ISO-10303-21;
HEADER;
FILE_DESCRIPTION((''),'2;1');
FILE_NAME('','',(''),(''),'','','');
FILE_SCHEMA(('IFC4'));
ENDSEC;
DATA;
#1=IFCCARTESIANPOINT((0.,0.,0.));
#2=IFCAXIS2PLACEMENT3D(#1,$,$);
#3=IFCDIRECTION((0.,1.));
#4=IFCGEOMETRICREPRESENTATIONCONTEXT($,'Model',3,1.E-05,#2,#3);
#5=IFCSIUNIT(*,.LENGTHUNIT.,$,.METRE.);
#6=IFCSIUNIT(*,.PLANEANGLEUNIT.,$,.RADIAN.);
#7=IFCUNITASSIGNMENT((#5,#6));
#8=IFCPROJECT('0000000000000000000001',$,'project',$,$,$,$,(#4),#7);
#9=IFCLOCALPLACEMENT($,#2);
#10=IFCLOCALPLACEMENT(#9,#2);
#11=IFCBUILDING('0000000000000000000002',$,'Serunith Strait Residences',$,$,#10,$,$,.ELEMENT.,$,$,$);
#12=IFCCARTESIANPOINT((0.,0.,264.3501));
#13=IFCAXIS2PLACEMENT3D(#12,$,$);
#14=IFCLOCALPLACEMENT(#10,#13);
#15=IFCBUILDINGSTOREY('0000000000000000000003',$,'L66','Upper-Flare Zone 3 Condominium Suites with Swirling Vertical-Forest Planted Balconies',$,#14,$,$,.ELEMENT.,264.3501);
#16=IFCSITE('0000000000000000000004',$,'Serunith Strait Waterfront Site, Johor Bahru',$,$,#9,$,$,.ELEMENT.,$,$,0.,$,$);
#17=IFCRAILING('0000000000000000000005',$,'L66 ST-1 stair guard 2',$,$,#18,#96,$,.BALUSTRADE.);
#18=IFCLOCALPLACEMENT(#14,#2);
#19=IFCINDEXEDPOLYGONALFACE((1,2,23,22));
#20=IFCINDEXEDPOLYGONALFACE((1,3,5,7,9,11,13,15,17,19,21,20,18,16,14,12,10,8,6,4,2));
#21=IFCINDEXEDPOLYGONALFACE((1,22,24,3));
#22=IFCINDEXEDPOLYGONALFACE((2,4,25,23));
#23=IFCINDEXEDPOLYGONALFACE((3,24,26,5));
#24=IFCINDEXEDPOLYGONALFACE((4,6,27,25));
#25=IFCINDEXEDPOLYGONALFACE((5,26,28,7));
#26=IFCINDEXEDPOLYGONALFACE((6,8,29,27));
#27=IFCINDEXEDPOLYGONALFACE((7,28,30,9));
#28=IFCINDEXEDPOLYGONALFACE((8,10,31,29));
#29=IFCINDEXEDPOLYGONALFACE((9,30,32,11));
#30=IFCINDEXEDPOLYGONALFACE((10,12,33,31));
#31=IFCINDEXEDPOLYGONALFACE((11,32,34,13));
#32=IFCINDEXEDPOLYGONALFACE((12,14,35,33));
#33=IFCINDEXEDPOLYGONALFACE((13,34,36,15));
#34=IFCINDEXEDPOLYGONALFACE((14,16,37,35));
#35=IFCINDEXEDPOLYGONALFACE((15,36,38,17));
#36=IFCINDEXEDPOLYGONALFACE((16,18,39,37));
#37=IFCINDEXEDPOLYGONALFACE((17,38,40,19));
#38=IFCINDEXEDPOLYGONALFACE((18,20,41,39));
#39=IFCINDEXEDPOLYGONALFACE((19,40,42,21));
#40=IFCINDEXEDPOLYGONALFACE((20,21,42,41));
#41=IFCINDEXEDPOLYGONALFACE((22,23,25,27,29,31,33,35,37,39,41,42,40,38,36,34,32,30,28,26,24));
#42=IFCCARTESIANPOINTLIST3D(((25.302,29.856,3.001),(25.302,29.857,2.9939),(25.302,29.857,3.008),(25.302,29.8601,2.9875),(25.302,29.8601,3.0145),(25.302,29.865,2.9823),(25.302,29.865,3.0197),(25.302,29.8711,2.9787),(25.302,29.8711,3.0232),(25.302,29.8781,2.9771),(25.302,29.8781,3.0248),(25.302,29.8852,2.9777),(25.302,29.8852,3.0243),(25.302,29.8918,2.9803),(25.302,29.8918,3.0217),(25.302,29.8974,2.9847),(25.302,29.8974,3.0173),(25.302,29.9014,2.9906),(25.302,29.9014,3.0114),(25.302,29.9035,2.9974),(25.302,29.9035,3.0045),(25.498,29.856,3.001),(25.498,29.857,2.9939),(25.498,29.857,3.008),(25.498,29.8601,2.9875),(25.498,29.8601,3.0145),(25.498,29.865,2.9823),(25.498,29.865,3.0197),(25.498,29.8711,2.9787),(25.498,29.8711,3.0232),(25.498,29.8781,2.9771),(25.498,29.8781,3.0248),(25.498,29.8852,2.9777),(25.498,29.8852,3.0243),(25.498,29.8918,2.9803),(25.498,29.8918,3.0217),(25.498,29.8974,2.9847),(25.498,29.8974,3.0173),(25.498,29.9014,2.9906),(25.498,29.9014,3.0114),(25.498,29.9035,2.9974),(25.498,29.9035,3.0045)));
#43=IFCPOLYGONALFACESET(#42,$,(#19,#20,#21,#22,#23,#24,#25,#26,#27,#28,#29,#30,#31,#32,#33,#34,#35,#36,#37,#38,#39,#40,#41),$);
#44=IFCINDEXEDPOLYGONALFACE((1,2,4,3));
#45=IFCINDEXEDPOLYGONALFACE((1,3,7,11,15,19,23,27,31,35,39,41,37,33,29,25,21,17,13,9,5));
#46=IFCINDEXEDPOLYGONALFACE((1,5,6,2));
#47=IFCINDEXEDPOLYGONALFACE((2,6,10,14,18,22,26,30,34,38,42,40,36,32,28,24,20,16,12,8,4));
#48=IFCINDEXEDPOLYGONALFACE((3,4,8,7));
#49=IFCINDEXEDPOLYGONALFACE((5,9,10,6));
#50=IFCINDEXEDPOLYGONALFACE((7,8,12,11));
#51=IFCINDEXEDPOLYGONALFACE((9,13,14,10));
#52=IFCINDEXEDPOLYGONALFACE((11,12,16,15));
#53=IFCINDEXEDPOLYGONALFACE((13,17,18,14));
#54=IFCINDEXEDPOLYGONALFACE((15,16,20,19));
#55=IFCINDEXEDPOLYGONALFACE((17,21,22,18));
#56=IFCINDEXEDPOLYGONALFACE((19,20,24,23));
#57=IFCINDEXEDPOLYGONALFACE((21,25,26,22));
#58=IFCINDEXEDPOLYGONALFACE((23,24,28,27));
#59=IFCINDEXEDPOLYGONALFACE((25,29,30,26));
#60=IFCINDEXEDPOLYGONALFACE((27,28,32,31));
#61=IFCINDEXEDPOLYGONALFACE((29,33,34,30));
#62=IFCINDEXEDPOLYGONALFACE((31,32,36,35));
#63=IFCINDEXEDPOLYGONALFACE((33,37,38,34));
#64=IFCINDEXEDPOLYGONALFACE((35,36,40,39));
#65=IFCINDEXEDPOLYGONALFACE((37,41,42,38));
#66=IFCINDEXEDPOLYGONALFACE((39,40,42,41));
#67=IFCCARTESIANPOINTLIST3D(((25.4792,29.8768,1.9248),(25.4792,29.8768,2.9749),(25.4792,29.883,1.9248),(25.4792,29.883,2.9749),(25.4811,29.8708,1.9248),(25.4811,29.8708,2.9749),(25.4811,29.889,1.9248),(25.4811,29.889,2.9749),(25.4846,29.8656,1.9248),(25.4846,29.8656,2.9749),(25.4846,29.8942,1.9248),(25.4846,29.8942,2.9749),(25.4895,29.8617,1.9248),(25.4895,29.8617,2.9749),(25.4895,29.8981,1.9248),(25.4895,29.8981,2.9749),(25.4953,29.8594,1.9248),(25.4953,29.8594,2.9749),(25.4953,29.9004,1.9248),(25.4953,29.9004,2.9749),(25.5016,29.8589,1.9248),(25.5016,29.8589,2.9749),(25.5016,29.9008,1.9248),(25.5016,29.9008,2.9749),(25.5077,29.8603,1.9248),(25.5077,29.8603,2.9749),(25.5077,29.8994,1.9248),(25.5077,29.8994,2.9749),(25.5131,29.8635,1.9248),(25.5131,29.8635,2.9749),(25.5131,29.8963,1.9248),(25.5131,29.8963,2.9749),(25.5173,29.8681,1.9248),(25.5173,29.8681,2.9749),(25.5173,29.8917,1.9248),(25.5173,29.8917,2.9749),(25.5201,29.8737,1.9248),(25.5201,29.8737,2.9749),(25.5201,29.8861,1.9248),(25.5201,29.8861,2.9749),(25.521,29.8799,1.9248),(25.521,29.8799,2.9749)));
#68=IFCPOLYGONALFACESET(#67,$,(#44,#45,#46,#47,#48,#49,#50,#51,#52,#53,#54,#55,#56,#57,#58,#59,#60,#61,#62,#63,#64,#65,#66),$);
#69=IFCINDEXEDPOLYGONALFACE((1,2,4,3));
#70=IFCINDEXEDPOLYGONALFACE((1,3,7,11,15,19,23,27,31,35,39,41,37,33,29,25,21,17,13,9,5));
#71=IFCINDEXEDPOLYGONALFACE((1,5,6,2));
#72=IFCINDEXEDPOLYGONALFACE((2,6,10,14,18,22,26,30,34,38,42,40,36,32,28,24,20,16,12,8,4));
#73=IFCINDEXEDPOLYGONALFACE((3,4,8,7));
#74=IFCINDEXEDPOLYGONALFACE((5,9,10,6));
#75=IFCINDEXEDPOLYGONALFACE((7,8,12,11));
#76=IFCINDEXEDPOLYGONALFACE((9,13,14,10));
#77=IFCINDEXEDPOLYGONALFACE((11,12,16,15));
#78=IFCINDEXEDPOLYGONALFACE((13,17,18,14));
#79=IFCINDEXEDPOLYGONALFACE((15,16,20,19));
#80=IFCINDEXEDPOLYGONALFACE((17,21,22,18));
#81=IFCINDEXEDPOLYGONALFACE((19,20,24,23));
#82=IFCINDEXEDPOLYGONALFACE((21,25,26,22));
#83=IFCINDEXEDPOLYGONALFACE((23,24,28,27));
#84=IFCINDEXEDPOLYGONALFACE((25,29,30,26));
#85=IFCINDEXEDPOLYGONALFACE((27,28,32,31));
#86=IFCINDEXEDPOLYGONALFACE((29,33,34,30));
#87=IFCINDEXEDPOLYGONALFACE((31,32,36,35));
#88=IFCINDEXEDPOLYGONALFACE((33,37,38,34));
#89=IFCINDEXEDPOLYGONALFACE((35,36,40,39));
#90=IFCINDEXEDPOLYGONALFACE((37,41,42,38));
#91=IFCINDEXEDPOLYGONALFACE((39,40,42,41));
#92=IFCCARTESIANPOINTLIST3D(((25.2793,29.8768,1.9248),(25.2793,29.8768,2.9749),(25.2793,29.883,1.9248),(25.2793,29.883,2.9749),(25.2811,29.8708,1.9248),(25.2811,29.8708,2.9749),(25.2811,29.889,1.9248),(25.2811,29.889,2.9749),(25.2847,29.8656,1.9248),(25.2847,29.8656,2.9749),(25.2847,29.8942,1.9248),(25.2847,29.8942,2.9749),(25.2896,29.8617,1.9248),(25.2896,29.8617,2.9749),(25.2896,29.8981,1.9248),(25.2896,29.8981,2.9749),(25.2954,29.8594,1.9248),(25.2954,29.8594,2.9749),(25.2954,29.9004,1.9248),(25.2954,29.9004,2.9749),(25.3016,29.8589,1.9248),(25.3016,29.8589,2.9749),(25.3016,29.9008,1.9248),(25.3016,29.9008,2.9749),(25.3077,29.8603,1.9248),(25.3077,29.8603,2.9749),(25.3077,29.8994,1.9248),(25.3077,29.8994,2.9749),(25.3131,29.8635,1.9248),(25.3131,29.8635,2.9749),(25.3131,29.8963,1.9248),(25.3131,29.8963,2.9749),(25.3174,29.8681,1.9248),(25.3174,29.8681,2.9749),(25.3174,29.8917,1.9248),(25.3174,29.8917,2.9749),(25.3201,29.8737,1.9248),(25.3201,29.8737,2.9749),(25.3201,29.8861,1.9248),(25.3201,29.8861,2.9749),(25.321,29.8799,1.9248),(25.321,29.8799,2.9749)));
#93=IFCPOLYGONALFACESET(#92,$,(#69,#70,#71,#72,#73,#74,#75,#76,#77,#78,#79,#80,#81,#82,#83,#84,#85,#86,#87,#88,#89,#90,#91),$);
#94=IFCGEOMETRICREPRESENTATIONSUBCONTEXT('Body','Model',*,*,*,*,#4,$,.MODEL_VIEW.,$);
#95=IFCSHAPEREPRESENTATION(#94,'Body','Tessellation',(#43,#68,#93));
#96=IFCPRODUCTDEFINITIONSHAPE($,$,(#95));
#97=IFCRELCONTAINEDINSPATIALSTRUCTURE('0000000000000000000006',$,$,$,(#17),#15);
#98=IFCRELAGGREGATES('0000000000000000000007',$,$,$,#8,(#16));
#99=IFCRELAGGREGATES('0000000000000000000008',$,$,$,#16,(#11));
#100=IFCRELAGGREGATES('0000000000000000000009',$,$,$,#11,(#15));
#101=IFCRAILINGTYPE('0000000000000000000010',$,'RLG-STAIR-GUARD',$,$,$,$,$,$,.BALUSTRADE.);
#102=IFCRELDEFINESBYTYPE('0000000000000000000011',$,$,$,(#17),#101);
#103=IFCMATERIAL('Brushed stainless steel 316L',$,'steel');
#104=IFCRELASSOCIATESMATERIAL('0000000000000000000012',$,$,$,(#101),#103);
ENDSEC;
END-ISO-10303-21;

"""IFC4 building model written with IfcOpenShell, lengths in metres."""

from ifc_helpers import new_model, si_unit, direction, frame, origin, origin_2d, place, context, subcontext, project, spatial, circle, extrude, material, type_object, element, save


model = new_model("IFC4")

# Units and contexts
model_context = context("Model", 3, precision=1e-05, world=origin(), true_north=direction((0.0, 1.0)))
body_context = subcontext(model_context, "Body", "Model", "MODEL_VIEW")
ifc_project = project(units=[si_unit("LENGTHUNIT", "METRE"), si_unit("PLANEANGLEUNIT", "RADIAN")], contexts=[model_context])

# Site, building, storey
site_placement = place(None, origin())
site = spatial("IfcSite", under=ifc_project, at=site_placement, Name="Serunith Strait Waterfront Site, Johor Bahru", CompositionType="ELEMENT", RefElevation=0.0)
building_placement = place(site_placement, origin())
building = spatial("IfcBuilding", under=site, at=building_placement, Name="Serunith Strait Residences", CompositionType="ELEMENT")
storey_placement = place(building_placement, frame((0.0, 0.0, 264.3501)))
storey = spatial("IfcBuildingStorey", under=building, at=storey_placement, Name="L66", Description="Upper-Flare Zone 3 Condominium Suites with Swirling Vertical-Forest Planted Balconies", CompositionType="ELEMENT", Elevation=264.3501)

# Railing
ifc_material_1 = material(Name="Brushed stainless steel 316L", Category="steel")
railing_type_1 = type_object("IfcRailingType", Name="RLG-STAIR-GUARD", PredefinedType="BALUSTRADE", material=ifc_material_1)
railing_1_placement = place(storey_placement, frame((25.5, 29.8799, 1.9248)))
element("IfcRailing", 1, at=railing_1_placement, inside=storey, type_object=railing_type_1, Name="L66 ST-1 stair guard 2", PredefinedType="BALUSTRADE", context=body_context, shape_type="SweptSolid", body=[
    extrude(circle(Radius=0.0239, at=origin_2d()), frame((-0.002, 0.0, 1.0762), z_axis=(-1.0, 0.0, 0.0), x_axis=(0.0, -1.0, 0.0)), (0.0, 0.0, 1.0), 0.196),
    extrude(circle(Radius=0.021, at=origin_2d()), origin(), (0.0, 0.0, 1.0), 1.05),
    extrude(circle(Radius=0.021, at=origin_2d()), frame((-0.2, 0.0, 0.0)), (0.0, 0.0, 1.0), 1.05),
])

save(model, "model.ifc")
